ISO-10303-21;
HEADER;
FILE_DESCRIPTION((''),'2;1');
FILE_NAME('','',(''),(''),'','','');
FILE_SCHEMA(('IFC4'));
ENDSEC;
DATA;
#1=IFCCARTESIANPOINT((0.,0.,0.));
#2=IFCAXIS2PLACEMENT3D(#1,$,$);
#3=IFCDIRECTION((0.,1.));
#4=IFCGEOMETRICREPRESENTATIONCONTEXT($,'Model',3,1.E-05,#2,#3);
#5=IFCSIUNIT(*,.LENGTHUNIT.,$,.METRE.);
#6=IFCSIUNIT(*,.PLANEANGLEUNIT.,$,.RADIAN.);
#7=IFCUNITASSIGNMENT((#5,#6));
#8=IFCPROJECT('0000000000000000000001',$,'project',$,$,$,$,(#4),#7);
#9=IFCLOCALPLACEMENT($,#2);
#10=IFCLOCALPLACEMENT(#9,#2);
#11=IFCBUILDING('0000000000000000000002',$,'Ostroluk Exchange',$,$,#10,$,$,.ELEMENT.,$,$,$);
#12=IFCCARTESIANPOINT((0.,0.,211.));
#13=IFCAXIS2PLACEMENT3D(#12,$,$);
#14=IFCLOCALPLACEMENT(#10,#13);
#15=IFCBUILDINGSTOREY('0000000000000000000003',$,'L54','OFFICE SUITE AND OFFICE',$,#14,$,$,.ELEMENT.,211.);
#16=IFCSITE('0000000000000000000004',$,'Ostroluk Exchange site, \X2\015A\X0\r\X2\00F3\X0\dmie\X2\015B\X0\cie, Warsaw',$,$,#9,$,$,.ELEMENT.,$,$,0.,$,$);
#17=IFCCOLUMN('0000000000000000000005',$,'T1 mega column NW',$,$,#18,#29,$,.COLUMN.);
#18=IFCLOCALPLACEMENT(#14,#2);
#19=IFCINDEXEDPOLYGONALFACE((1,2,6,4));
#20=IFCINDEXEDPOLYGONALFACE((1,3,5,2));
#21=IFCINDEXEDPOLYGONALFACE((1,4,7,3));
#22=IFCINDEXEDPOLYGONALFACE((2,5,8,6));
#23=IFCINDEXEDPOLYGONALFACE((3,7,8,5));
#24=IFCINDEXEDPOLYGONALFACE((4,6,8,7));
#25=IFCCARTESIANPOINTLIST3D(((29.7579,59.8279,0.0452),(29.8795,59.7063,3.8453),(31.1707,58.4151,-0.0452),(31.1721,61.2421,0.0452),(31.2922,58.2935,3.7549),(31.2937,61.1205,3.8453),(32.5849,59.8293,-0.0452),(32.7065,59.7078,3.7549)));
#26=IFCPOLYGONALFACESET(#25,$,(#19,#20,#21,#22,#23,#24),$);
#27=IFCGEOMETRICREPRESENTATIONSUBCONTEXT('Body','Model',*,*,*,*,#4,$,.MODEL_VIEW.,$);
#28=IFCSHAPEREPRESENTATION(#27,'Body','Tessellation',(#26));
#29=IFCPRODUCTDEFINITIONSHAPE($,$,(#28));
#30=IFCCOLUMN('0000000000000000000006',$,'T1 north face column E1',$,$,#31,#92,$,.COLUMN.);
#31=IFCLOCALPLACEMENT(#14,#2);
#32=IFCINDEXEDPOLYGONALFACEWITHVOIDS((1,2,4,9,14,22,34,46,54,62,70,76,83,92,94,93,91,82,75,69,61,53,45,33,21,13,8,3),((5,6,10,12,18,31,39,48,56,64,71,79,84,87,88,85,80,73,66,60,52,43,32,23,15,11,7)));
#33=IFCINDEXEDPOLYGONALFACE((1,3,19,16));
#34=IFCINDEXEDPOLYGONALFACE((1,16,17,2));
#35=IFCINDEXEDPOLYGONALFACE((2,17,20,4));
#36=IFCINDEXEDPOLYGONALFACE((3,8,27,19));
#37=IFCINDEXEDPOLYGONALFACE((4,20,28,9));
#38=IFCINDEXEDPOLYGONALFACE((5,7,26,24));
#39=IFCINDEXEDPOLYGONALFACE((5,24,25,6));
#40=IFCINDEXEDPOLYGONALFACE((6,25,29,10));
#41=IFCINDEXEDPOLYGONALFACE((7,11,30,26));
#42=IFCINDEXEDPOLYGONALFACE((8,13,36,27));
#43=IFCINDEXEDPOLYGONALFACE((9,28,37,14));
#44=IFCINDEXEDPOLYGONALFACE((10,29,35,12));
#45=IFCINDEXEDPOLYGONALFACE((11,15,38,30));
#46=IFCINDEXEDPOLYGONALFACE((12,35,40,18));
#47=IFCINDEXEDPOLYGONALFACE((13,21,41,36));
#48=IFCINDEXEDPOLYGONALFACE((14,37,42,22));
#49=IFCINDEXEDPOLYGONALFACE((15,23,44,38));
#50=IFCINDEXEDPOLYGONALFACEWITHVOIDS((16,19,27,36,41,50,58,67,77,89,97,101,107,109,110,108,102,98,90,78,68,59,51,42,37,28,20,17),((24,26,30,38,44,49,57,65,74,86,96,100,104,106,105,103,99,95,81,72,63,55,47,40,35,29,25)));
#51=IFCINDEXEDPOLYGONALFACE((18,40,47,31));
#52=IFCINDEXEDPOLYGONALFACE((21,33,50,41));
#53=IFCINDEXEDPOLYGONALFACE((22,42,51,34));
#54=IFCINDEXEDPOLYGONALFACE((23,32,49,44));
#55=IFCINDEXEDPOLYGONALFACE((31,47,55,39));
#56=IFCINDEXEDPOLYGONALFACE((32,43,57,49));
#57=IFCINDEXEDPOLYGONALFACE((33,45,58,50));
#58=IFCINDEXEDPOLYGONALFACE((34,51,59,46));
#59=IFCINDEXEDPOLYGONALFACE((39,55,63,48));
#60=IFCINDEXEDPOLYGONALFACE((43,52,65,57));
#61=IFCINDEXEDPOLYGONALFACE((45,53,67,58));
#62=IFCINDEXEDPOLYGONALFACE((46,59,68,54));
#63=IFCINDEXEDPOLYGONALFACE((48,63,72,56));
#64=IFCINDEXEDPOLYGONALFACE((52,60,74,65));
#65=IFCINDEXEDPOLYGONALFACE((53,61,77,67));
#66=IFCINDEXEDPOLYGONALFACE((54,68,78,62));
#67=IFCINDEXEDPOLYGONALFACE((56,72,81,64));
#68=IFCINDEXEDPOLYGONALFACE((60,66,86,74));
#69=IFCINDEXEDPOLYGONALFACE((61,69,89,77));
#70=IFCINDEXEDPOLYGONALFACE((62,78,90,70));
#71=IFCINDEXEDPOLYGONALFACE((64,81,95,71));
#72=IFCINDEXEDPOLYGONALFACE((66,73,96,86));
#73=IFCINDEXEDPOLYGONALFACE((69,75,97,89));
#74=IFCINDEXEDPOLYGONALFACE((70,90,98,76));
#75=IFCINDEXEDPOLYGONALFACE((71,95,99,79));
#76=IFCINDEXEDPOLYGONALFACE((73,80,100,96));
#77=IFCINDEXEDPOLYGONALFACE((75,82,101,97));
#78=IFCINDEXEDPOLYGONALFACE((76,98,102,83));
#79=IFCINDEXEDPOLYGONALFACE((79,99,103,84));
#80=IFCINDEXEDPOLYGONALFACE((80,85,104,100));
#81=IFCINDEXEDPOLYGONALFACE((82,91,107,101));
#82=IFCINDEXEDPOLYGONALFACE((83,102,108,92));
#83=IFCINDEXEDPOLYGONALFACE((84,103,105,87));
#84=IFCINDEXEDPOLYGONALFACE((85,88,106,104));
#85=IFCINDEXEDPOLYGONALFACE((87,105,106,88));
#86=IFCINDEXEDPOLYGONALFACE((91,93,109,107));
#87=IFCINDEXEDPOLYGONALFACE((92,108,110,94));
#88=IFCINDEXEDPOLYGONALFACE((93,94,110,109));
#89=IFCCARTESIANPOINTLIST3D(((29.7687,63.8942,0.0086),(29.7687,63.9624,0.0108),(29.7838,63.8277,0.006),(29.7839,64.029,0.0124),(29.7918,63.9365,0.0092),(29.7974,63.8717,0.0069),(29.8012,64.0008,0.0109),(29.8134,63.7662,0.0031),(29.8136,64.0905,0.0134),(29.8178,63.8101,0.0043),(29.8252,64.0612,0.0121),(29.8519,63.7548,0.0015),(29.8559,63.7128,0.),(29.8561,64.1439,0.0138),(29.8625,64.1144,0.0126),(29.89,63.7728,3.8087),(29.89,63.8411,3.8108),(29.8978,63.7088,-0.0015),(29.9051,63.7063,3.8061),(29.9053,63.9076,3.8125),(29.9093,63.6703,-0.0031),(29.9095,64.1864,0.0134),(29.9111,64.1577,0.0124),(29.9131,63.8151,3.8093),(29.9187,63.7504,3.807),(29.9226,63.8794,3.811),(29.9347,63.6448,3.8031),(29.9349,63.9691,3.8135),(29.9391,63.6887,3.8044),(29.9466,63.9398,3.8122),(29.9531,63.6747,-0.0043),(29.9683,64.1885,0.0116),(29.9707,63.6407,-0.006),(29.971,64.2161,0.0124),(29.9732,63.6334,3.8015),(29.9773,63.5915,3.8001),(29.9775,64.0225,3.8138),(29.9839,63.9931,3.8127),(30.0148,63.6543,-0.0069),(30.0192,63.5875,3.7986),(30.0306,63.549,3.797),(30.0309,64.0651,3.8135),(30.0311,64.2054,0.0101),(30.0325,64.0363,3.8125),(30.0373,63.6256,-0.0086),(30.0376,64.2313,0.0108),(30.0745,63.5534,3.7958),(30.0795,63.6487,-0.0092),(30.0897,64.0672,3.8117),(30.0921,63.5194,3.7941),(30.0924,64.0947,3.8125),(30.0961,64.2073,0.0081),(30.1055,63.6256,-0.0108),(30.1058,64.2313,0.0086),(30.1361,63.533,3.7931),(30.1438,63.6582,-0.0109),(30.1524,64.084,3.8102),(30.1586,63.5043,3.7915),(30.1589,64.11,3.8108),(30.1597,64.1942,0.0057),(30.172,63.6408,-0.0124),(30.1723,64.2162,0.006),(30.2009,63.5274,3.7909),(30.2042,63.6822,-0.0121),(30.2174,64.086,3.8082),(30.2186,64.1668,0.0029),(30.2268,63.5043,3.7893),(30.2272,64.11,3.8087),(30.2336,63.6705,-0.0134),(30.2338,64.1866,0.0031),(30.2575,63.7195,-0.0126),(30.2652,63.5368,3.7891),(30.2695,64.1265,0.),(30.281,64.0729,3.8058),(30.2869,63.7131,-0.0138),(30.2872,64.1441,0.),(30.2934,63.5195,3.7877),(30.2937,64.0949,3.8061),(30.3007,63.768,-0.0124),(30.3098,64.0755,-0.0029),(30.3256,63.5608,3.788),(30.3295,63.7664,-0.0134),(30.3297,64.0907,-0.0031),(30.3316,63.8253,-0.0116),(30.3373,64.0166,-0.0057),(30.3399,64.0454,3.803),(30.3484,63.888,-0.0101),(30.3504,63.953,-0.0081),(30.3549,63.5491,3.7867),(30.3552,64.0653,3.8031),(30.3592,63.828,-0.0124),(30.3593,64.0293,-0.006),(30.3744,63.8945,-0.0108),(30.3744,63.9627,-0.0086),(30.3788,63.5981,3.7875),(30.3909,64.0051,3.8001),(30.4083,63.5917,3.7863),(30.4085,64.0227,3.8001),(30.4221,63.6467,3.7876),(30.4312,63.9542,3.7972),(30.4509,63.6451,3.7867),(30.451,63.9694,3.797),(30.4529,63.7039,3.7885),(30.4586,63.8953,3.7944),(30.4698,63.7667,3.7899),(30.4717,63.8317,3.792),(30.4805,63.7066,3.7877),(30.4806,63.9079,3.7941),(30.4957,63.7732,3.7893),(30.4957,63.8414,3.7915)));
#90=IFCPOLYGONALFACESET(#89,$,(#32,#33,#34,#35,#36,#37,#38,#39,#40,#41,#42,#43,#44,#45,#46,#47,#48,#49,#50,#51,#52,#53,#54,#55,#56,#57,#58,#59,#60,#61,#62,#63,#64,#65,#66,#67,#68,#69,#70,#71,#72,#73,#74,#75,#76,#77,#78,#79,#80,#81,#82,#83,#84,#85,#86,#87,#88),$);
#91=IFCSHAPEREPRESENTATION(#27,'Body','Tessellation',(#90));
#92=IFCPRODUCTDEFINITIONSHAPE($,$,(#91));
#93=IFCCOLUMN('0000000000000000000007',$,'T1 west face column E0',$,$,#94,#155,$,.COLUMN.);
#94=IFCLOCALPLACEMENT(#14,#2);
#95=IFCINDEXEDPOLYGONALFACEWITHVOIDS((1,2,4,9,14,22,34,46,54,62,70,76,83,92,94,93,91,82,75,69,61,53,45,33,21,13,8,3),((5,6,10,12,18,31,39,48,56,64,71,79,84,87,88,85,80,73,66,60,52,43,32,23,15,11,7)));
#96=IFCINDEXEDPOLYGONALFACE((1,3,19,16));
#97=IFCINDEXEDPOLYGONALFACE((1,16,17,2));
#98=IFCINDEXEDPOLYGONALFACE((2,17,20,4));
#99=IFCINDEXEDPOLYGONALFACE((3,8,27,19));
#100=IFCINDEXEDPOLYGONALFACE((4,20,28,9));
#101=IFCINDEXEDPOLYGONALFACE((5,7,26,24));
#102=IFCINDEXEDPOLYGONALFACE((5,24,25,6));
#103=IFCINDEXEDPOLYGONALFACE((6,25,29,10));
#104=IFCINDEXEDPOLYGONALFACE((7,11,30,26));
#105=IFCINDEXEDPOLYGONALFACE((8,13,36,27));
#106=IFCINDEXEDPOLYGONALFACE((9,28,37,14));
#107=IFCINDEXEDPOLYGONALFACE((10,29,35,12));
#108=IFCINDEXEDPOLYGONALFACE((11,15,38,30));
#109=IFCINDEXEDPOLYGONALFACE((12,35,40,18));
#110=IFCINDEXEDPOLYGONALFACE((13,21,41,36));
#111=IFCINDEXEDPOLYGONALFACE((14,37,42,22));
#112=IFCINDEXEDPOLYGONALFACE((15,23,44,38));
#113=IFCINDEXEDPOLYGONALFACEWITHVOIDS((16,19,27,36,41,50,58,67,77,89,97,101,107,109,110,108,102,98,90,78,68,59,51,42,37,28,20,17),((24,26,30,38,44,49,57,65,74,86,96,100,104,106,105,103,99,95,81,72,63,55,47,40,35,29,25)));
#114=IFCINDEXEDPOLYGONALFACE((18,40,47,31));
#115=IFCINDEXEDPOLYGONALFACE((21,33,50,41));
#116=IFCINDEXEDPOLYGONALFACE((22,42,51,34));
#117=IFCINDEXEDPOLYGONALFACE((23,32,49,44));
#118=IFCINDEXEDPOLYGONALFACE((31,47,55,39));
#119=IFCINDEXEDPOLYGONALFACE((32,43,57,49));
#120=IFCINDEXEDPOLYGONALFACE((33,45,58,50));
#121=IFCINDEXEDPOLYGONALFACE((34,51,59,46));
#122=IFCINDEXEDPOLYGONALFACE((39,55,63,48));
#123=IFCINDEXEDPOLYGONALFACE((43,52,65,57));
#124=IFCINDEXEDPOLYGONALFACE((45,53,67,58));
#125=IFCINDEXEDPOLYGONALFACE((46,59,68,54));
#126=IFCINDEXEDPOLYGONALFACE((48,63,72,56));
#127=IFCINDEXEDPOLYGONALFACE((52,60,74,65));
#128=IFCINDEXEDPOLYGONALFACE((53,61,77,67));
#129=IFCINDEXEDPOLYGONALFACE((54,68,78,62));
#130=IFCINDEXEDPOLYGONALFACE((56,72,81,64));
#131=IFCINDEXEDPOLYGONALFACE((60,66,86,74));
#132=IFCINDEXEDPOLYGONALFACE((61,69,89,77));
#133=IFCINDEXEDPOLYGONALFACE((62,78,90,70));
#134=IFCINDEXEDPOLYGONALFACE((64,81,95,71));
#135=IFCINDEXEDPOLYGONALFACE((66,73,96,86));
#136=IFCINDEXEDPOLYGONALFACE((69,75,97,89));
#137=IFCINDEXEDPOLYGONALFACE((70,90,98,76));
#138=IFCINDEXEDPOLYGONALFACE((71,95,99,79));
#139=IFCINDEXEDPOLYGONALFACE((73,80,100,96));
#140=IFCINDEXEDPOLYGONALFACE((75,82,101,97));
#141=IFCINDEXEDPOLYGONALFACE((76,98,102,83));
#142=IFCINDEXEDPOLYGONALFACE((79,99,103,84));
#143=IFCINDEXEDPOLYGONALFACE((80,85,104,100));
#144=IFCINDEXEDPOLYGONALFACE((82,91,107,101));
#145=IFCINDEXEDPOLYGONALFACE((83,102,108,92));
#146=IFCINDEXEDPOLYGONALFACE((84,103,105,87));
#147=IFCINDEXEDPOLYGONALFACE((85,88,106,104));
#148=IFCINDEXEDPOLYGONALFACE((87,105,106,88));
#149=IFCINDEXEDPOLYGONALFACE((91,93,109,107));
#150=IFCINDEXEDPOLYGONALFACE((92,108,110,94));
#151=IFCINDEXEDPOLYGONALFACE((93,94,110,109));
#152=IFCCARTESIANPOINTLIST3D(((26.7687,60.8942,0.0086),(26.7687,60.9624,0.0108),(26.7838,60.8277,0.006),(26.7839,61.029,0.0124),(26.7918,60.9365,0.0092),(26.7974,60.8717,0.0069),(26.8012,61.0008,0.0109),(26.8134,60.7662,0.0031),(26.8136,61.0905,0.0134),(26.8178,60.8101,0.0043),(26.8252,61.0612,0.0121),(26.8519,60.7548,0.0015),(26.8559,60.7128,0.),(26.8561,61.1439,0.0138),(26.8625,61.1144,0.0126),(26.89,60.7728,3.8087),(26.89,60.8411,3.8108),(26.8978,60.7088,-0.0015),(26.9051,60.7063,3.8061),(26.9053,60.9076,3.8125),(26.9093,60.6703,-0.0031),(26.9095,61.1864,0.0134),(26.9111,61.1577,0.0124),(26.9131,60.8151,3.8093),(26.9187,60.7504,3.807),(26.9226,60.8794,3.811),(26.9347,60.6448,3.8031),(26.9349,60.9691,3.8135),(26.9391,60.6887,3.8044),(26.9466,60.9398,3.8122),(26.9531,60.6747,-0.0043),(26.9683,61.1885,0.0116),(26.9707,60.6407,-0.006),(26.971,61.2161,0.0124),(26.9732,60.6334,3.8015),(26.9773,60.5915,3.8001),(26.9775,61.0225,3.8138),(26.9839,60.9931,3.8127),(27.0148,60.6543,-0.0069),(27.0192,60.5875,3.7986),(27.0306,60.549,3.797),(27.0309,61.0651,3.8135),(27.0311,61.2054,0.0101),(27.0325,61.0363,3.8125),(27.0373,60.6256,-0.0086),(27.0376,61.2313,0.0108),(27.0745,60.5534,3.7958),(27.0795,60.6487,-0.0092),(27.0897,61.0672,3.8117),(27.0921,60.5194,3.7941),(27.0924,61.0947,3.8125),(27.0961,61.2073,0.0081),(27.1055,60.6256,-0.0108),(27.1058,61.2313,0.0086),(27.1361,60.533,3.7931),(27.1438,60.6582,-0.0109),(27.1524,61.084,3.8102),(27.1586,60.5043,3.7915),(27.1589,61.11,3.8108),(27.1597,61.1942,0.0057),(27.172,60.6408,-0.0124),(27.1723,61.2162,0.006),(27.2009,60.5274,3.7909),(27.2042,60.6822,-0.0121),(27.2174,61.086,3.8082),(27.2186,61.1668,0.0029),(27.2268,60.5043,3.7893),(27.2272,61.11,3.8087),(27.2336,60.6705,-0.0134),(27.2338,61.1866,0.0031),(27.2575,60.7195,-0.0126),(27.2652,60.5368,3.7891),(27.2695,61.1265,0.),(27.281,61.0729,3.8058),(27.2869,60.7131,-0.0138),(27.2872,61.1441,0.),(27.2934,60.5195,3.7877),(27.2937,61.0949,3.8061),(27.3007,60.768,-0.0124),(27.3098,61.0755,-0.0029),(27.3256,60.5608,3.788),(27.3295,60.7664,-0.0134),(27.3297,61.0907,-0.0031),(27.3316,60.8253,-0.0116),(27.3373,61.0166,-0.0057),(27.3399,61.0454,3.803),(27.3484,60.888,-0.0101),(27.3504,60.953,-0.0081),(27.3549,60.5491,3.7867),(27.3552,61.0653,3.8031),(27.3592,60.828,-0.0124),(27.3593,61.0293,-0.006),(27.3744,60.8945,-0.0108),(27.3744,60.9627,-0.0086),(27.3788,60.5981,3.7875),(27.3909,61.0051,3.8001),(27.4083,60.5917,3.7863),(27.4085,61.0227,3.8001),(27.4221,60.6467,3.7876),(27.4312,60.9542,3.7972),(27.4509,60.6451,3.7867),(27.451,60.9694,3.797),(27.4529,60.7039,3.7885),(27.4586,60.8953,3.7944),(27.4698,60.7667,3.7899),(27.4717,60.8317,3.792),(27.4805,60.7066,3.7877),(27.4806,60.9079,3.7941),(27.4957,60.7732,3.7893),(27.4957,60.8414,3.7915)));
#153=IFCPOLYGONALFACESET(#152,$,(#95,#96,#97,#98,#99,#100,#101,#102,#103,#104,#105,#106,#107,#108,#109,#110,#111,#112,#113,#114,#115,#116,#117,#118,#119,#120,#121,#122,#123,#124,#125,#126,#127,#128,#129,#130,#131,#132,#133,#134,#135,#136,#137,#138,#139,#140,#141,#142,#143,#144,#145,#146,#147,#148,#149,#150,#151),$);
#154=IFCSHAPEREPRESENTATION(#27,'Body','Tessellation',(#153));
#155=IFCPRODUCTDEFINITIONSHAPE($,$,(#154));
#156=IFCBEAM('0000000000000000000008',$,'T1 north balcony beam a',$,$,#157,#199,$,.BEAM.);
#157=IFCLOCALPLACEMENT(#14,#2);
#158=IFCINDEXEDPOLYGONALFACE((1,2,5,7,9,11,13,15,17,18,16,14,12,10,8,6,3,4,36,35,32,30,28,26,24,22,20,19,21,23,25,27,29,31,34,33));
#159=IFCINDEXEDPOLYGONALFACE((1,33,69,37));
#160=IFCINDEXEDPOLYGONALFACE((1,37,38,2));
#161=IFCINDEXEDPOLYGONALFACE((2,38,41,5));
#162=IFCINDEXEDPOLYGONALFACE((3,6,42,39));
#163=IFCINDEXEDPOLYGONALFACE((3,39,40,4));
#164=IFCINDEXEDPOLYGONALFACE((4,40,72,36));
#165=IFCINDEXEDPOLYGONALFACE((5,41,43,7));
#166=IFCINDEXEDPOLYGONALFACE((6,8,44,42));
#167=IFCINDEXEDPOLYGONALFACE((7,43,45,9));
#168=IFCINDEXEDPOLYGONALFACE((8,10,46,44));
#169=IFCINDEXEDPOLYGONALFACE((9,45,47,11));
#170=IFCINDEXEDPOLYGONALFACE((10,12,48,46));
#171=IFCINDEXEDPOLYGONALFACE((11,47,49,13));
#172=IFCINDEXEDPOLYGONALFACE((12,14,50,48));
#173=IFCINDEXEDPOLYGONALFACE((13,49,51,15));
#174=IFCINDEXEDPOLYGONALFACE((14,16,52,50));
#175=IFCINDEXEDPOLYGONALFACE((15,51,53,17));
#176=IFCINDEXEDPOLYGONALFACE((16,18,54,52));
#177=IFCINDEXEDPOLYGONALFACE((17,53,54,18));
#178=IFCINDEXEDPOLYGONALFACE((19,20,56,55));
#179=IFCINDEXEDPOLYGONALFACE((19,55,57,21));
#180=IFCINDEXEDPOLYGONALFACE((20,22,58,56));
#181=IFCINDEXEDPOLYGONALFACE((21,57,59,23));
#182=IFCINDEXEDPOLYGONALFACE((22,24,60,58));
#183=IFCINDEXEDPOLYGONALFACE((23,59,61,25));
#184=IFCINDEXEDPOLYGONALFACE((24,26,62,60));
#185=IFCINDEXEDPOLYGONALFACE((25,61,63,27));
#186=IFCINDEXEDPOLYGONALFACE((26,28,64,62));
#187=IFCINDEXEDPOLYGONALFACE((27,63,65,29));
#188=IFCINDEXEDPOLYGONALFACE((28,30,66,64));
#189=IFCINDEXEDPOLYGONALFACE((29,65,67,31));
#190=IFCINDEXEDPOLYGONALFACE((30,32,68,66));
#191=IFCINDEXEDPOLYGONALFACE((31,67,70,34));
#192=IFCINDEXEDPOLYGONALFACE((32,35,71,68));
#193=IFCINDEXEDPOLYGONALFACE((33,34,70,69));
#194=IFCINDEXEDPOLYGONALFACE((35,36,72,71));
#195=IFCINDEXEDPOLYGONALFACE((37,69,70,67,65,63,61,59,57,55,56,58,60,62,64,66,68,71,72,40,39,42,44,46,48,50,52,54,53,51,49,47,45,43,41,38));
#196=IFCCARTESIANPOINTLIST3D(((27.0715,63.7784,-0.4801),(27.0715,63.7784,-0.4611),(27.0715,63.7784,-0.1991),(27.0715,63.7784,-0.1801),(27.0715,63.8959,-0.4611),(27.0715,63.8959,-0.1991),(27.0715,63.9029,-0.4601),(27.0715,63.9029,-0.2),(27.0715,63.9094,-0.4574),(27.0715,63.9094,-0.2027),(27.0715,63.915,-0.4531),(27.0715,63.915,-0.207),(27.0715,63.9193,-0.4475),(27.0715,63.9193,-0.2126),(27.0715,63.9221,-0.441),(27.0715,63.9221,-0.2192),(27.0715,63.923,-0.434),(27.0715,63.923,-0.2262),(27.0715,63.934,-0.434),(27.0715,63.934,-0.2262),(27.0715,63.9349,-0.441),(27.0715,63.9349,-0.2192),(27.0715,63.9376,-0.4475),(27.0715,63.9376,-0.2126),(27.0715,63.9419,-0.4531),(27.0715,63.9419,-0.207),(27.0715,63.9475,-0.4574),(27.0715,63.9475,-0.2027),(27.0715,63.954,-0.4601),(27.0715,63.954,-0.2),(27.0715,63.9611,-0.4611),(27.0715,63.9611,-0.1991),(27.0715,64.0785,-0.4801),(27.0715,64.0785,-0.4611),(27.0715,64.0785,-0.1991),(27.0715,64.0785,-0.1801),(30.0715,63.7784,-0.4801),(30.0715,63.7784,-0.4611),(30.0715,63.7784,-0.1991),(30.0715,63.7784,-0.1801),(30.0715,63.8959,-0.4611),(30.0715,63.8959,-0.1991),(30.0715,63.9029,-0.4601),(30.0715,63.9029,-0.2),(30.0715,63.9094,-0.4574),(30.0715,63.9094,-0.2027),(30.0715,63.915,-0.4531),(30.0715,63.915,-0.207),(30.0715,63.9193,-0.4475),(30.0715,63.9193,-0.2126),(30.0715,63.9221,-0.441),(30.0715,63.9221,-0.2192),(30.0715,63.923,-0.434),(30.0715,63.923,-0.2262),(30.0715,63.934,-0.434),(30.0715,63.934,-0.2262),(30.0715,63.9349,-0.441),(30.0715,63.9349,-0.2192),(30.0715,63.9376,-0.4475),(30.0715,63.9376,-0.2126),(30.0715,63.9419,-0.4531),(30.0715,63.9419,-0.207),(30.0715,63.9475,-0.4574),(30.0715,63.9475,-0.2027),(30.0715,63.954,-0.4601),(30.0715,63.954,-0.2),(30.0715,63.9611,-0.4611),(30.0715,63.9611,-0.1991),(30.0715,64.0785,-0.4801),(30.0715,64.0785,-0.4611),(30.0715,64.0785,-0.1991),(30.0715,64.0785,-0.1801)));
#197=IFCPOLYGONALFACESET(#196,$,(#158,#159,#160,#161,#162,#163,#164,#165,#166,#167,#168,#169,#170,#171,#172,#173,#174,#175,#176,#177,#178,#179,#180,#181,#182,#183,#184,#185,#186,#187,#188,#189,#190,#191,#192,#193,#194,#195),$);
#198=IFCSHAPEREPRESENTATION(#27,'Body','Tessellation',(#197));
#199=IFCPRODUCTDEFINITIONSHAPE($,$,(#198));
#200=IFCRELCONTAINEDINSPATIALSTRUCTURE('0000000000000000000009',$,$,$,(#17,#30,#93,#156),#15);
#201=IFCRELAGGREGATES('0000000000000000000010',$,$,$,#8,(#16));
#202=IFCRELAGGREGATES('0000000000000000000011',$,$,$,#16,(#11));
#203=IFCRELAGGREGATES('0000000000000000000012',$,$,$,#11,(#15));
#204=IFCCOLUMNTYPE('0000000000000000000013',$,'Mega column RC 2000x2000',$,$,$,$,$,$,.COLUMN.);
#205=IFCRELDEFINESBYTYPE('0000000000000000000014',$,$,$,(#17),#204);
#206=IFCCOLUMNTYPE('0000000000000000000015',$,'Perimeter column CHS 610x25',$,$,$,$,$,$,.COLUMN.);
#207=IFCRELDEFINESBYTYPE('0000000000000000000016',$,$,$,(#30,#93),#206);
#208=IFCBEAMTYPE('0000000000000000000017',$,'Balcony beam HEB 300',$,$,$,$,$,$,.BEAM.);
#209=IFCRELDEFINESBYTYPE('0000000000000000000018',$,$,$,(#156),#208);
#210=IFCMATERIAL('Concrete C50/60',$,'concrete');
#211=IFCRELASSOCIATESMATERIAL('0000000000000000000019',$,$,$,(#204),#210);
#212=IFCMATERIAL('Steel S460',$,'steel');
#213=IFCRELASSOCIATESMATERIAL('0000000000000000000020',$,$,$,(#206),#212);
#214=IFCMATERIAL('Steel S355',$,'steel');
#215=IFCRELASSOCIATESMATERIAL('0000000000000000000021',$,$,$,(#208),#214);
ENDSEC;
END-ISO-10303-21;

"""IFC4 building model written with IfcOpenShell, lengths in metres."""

from ifc_helpers import new_model, si_unit, direction, frame, origin, origin_2d, place, context, subcontext, project, spatial, rectangle, hollow_circle, i_section, extrude, material, material_profile, profile_set, type_object, element, save


model = new_model("IFC4")

# Units and contexts
model_context = context("Model", 3, precision=1e-05, world=origin(), true_north=direction((0.0, 1.0)))
body_context = subcontext(model_context, "Body", "Model", "MODEL_VIEW")
ifc_project = project(units=[si_unit("LENGTHUNIT", "METRE"), si_unit("PLANEANGLEUNIT", "RADIAN")], contexts=[model_context])

# Site, building, storey
site_placement = place(None, origin())
site = spatial("IfcSite", under=ifc_project, at=site_placement, Name="Ostroluk Exchange site, Śródmieście, Warsaw", CompositionType="ELEMENT", RefElevation=0.0)
building_placement = place(site_placement, origin())
building = spatial("IfcBuilding", under=site, at=building_placement, Name="Ostroluk Exchange", CompositionType="ELEMENT")
storey_placement = place(building_placement, frame((0.0, 0.0, 211.0)))
storey = spatial("IfcBuildingStorey", under=building, at=storey_placement, Name="L54", Description="OFFICE SUITE AND OFFICE", CompositionType="ELEMENT", Elevation=211.0)

# Columns
ifc_material_1 = material(Name="Concrete C50/60", Category="concrete")
ifc_material_profile_1 = material_profile(ifc_material_1, rectangle(XDim=2.0, YDim=2.0, at=origin_2d()), Name="RC 2000x2000")
ifc_profile_set_1 = profile_set([ifc_material_profile_1], Name="Concrete C50/60")
column_type_1 = type_object("IfcColumnType", Name="Mega column RC 2000x2000", PredefinedType="COLUMN", material=ifc_profile_set_1)
column_placement = place(storey_placement, frame((31.1714, 59.8286, 0.0), z_axis=(0.031962, -0.031962, 0.998978), x_axis=(0.707107, 0.707107, 0.0)))
element("IfcColumn", 1, at=column_placement, inside=storey, type_object=column_type_1, Name="T1 mega column NW", PredefinedType="COLUMN", context=body_context, shape_type="SweptSolid", body=[
    extrude(rectangle(XDim=2.0, YDim=2.0, at=origin_2d()), origin(), (0.0, 0.0, 1.0), 3.804),
])
ifc_material_2 = material(Name="Steel S460", Category="steel")
ifc_material_profile_2 = material_profile(ifc_material_2, hollow_circle(Radius=0.3049, WallThickness=0.0249, at=origin_2d()), Name="CHS 610x25")
ifc_profile_set_2 = profile_set([ifc_material_profile_2], Name="Steel S460")
column_type_2 = type_object("IfcColumnType", Name="Perimeter column CHS 610x25", PredefinedType="COLUMN", material=ifc_profile_set_2)
for number, where, z_axis, x_axis, name in (
    (2, (30.0715, 63.9285, 0.0), (0.031898, -0.031898, 0.998982), (0.707107, 0.707107, 0.0), "T1 north face column E1"),
    (3, (27.0715, 60.9285, 0.0), (0.031898, -0.031898, 0.998982), (0.707107, 0.707107, 0.0), "T1 west face column E0"),
):
    element("IfcColumn", number, at=place(storey_placement, frame(where, z_axis=z_axis, x_axis=x_axis)), inside=storey, type_object=column_type_2, Name=name, PredefinedType="COLUMN", context=body_context, shape_type="SweptSolid", body=[
        extrude(hollow_circle(Radius=0.3049, WallThickness=0.0249, at=origin_2d()), origin(), (0.0, 0.0, 1.0), 3.804),
    ])

# Beam
ifc_material_3 = material(Name="Steel S355", Category="steel")
ifc_material_profile_3 = material_profile(ifc_material_3, i_section(OverallWidth=0.3, OverallDepth=0.3, WebThickness=0.011, FlangeThickness=0.019, FilletRadius=0.0271, at=origin_2d()), Name="HEB 300")
ifc_profile_set_3 = profile_set([ifc_material_profile_3], Name="Steel S355")
beam_type_1 = type_object("IfcBeamType", Name="Balcony beam HEB 300", PredefinedType="BEAM", material=ifc_profile_set_3)
for number, where, z_axis, x_axis, name in (
    (4, (30.0715, 63.9285, -0.3301), (-1.0, 0.0, 0.0), (0.0, -1.0, 0.0), "T1 north balcony beam a"),
):
    element("IfcBeam", number, at=place(storey_placement, frame(where, z_axis=z_axis, x_axis=x_axis)), inside=storey, type_object=beam_type_1, Name=name, PredefinedType="BEAM", context=body_context, shape_type="SweptSolid", body=[
        extrude(i_section(OverallWidth=0.3, OverallDepth=0.3, WebThickness=0.011, FlangeThickness=0.019, FilletRadius=0.0271, at=origin_2d()), origin(), (0.0, 0.0, 1.0), 3.0),
    ])

save(model, "model.ifc")
